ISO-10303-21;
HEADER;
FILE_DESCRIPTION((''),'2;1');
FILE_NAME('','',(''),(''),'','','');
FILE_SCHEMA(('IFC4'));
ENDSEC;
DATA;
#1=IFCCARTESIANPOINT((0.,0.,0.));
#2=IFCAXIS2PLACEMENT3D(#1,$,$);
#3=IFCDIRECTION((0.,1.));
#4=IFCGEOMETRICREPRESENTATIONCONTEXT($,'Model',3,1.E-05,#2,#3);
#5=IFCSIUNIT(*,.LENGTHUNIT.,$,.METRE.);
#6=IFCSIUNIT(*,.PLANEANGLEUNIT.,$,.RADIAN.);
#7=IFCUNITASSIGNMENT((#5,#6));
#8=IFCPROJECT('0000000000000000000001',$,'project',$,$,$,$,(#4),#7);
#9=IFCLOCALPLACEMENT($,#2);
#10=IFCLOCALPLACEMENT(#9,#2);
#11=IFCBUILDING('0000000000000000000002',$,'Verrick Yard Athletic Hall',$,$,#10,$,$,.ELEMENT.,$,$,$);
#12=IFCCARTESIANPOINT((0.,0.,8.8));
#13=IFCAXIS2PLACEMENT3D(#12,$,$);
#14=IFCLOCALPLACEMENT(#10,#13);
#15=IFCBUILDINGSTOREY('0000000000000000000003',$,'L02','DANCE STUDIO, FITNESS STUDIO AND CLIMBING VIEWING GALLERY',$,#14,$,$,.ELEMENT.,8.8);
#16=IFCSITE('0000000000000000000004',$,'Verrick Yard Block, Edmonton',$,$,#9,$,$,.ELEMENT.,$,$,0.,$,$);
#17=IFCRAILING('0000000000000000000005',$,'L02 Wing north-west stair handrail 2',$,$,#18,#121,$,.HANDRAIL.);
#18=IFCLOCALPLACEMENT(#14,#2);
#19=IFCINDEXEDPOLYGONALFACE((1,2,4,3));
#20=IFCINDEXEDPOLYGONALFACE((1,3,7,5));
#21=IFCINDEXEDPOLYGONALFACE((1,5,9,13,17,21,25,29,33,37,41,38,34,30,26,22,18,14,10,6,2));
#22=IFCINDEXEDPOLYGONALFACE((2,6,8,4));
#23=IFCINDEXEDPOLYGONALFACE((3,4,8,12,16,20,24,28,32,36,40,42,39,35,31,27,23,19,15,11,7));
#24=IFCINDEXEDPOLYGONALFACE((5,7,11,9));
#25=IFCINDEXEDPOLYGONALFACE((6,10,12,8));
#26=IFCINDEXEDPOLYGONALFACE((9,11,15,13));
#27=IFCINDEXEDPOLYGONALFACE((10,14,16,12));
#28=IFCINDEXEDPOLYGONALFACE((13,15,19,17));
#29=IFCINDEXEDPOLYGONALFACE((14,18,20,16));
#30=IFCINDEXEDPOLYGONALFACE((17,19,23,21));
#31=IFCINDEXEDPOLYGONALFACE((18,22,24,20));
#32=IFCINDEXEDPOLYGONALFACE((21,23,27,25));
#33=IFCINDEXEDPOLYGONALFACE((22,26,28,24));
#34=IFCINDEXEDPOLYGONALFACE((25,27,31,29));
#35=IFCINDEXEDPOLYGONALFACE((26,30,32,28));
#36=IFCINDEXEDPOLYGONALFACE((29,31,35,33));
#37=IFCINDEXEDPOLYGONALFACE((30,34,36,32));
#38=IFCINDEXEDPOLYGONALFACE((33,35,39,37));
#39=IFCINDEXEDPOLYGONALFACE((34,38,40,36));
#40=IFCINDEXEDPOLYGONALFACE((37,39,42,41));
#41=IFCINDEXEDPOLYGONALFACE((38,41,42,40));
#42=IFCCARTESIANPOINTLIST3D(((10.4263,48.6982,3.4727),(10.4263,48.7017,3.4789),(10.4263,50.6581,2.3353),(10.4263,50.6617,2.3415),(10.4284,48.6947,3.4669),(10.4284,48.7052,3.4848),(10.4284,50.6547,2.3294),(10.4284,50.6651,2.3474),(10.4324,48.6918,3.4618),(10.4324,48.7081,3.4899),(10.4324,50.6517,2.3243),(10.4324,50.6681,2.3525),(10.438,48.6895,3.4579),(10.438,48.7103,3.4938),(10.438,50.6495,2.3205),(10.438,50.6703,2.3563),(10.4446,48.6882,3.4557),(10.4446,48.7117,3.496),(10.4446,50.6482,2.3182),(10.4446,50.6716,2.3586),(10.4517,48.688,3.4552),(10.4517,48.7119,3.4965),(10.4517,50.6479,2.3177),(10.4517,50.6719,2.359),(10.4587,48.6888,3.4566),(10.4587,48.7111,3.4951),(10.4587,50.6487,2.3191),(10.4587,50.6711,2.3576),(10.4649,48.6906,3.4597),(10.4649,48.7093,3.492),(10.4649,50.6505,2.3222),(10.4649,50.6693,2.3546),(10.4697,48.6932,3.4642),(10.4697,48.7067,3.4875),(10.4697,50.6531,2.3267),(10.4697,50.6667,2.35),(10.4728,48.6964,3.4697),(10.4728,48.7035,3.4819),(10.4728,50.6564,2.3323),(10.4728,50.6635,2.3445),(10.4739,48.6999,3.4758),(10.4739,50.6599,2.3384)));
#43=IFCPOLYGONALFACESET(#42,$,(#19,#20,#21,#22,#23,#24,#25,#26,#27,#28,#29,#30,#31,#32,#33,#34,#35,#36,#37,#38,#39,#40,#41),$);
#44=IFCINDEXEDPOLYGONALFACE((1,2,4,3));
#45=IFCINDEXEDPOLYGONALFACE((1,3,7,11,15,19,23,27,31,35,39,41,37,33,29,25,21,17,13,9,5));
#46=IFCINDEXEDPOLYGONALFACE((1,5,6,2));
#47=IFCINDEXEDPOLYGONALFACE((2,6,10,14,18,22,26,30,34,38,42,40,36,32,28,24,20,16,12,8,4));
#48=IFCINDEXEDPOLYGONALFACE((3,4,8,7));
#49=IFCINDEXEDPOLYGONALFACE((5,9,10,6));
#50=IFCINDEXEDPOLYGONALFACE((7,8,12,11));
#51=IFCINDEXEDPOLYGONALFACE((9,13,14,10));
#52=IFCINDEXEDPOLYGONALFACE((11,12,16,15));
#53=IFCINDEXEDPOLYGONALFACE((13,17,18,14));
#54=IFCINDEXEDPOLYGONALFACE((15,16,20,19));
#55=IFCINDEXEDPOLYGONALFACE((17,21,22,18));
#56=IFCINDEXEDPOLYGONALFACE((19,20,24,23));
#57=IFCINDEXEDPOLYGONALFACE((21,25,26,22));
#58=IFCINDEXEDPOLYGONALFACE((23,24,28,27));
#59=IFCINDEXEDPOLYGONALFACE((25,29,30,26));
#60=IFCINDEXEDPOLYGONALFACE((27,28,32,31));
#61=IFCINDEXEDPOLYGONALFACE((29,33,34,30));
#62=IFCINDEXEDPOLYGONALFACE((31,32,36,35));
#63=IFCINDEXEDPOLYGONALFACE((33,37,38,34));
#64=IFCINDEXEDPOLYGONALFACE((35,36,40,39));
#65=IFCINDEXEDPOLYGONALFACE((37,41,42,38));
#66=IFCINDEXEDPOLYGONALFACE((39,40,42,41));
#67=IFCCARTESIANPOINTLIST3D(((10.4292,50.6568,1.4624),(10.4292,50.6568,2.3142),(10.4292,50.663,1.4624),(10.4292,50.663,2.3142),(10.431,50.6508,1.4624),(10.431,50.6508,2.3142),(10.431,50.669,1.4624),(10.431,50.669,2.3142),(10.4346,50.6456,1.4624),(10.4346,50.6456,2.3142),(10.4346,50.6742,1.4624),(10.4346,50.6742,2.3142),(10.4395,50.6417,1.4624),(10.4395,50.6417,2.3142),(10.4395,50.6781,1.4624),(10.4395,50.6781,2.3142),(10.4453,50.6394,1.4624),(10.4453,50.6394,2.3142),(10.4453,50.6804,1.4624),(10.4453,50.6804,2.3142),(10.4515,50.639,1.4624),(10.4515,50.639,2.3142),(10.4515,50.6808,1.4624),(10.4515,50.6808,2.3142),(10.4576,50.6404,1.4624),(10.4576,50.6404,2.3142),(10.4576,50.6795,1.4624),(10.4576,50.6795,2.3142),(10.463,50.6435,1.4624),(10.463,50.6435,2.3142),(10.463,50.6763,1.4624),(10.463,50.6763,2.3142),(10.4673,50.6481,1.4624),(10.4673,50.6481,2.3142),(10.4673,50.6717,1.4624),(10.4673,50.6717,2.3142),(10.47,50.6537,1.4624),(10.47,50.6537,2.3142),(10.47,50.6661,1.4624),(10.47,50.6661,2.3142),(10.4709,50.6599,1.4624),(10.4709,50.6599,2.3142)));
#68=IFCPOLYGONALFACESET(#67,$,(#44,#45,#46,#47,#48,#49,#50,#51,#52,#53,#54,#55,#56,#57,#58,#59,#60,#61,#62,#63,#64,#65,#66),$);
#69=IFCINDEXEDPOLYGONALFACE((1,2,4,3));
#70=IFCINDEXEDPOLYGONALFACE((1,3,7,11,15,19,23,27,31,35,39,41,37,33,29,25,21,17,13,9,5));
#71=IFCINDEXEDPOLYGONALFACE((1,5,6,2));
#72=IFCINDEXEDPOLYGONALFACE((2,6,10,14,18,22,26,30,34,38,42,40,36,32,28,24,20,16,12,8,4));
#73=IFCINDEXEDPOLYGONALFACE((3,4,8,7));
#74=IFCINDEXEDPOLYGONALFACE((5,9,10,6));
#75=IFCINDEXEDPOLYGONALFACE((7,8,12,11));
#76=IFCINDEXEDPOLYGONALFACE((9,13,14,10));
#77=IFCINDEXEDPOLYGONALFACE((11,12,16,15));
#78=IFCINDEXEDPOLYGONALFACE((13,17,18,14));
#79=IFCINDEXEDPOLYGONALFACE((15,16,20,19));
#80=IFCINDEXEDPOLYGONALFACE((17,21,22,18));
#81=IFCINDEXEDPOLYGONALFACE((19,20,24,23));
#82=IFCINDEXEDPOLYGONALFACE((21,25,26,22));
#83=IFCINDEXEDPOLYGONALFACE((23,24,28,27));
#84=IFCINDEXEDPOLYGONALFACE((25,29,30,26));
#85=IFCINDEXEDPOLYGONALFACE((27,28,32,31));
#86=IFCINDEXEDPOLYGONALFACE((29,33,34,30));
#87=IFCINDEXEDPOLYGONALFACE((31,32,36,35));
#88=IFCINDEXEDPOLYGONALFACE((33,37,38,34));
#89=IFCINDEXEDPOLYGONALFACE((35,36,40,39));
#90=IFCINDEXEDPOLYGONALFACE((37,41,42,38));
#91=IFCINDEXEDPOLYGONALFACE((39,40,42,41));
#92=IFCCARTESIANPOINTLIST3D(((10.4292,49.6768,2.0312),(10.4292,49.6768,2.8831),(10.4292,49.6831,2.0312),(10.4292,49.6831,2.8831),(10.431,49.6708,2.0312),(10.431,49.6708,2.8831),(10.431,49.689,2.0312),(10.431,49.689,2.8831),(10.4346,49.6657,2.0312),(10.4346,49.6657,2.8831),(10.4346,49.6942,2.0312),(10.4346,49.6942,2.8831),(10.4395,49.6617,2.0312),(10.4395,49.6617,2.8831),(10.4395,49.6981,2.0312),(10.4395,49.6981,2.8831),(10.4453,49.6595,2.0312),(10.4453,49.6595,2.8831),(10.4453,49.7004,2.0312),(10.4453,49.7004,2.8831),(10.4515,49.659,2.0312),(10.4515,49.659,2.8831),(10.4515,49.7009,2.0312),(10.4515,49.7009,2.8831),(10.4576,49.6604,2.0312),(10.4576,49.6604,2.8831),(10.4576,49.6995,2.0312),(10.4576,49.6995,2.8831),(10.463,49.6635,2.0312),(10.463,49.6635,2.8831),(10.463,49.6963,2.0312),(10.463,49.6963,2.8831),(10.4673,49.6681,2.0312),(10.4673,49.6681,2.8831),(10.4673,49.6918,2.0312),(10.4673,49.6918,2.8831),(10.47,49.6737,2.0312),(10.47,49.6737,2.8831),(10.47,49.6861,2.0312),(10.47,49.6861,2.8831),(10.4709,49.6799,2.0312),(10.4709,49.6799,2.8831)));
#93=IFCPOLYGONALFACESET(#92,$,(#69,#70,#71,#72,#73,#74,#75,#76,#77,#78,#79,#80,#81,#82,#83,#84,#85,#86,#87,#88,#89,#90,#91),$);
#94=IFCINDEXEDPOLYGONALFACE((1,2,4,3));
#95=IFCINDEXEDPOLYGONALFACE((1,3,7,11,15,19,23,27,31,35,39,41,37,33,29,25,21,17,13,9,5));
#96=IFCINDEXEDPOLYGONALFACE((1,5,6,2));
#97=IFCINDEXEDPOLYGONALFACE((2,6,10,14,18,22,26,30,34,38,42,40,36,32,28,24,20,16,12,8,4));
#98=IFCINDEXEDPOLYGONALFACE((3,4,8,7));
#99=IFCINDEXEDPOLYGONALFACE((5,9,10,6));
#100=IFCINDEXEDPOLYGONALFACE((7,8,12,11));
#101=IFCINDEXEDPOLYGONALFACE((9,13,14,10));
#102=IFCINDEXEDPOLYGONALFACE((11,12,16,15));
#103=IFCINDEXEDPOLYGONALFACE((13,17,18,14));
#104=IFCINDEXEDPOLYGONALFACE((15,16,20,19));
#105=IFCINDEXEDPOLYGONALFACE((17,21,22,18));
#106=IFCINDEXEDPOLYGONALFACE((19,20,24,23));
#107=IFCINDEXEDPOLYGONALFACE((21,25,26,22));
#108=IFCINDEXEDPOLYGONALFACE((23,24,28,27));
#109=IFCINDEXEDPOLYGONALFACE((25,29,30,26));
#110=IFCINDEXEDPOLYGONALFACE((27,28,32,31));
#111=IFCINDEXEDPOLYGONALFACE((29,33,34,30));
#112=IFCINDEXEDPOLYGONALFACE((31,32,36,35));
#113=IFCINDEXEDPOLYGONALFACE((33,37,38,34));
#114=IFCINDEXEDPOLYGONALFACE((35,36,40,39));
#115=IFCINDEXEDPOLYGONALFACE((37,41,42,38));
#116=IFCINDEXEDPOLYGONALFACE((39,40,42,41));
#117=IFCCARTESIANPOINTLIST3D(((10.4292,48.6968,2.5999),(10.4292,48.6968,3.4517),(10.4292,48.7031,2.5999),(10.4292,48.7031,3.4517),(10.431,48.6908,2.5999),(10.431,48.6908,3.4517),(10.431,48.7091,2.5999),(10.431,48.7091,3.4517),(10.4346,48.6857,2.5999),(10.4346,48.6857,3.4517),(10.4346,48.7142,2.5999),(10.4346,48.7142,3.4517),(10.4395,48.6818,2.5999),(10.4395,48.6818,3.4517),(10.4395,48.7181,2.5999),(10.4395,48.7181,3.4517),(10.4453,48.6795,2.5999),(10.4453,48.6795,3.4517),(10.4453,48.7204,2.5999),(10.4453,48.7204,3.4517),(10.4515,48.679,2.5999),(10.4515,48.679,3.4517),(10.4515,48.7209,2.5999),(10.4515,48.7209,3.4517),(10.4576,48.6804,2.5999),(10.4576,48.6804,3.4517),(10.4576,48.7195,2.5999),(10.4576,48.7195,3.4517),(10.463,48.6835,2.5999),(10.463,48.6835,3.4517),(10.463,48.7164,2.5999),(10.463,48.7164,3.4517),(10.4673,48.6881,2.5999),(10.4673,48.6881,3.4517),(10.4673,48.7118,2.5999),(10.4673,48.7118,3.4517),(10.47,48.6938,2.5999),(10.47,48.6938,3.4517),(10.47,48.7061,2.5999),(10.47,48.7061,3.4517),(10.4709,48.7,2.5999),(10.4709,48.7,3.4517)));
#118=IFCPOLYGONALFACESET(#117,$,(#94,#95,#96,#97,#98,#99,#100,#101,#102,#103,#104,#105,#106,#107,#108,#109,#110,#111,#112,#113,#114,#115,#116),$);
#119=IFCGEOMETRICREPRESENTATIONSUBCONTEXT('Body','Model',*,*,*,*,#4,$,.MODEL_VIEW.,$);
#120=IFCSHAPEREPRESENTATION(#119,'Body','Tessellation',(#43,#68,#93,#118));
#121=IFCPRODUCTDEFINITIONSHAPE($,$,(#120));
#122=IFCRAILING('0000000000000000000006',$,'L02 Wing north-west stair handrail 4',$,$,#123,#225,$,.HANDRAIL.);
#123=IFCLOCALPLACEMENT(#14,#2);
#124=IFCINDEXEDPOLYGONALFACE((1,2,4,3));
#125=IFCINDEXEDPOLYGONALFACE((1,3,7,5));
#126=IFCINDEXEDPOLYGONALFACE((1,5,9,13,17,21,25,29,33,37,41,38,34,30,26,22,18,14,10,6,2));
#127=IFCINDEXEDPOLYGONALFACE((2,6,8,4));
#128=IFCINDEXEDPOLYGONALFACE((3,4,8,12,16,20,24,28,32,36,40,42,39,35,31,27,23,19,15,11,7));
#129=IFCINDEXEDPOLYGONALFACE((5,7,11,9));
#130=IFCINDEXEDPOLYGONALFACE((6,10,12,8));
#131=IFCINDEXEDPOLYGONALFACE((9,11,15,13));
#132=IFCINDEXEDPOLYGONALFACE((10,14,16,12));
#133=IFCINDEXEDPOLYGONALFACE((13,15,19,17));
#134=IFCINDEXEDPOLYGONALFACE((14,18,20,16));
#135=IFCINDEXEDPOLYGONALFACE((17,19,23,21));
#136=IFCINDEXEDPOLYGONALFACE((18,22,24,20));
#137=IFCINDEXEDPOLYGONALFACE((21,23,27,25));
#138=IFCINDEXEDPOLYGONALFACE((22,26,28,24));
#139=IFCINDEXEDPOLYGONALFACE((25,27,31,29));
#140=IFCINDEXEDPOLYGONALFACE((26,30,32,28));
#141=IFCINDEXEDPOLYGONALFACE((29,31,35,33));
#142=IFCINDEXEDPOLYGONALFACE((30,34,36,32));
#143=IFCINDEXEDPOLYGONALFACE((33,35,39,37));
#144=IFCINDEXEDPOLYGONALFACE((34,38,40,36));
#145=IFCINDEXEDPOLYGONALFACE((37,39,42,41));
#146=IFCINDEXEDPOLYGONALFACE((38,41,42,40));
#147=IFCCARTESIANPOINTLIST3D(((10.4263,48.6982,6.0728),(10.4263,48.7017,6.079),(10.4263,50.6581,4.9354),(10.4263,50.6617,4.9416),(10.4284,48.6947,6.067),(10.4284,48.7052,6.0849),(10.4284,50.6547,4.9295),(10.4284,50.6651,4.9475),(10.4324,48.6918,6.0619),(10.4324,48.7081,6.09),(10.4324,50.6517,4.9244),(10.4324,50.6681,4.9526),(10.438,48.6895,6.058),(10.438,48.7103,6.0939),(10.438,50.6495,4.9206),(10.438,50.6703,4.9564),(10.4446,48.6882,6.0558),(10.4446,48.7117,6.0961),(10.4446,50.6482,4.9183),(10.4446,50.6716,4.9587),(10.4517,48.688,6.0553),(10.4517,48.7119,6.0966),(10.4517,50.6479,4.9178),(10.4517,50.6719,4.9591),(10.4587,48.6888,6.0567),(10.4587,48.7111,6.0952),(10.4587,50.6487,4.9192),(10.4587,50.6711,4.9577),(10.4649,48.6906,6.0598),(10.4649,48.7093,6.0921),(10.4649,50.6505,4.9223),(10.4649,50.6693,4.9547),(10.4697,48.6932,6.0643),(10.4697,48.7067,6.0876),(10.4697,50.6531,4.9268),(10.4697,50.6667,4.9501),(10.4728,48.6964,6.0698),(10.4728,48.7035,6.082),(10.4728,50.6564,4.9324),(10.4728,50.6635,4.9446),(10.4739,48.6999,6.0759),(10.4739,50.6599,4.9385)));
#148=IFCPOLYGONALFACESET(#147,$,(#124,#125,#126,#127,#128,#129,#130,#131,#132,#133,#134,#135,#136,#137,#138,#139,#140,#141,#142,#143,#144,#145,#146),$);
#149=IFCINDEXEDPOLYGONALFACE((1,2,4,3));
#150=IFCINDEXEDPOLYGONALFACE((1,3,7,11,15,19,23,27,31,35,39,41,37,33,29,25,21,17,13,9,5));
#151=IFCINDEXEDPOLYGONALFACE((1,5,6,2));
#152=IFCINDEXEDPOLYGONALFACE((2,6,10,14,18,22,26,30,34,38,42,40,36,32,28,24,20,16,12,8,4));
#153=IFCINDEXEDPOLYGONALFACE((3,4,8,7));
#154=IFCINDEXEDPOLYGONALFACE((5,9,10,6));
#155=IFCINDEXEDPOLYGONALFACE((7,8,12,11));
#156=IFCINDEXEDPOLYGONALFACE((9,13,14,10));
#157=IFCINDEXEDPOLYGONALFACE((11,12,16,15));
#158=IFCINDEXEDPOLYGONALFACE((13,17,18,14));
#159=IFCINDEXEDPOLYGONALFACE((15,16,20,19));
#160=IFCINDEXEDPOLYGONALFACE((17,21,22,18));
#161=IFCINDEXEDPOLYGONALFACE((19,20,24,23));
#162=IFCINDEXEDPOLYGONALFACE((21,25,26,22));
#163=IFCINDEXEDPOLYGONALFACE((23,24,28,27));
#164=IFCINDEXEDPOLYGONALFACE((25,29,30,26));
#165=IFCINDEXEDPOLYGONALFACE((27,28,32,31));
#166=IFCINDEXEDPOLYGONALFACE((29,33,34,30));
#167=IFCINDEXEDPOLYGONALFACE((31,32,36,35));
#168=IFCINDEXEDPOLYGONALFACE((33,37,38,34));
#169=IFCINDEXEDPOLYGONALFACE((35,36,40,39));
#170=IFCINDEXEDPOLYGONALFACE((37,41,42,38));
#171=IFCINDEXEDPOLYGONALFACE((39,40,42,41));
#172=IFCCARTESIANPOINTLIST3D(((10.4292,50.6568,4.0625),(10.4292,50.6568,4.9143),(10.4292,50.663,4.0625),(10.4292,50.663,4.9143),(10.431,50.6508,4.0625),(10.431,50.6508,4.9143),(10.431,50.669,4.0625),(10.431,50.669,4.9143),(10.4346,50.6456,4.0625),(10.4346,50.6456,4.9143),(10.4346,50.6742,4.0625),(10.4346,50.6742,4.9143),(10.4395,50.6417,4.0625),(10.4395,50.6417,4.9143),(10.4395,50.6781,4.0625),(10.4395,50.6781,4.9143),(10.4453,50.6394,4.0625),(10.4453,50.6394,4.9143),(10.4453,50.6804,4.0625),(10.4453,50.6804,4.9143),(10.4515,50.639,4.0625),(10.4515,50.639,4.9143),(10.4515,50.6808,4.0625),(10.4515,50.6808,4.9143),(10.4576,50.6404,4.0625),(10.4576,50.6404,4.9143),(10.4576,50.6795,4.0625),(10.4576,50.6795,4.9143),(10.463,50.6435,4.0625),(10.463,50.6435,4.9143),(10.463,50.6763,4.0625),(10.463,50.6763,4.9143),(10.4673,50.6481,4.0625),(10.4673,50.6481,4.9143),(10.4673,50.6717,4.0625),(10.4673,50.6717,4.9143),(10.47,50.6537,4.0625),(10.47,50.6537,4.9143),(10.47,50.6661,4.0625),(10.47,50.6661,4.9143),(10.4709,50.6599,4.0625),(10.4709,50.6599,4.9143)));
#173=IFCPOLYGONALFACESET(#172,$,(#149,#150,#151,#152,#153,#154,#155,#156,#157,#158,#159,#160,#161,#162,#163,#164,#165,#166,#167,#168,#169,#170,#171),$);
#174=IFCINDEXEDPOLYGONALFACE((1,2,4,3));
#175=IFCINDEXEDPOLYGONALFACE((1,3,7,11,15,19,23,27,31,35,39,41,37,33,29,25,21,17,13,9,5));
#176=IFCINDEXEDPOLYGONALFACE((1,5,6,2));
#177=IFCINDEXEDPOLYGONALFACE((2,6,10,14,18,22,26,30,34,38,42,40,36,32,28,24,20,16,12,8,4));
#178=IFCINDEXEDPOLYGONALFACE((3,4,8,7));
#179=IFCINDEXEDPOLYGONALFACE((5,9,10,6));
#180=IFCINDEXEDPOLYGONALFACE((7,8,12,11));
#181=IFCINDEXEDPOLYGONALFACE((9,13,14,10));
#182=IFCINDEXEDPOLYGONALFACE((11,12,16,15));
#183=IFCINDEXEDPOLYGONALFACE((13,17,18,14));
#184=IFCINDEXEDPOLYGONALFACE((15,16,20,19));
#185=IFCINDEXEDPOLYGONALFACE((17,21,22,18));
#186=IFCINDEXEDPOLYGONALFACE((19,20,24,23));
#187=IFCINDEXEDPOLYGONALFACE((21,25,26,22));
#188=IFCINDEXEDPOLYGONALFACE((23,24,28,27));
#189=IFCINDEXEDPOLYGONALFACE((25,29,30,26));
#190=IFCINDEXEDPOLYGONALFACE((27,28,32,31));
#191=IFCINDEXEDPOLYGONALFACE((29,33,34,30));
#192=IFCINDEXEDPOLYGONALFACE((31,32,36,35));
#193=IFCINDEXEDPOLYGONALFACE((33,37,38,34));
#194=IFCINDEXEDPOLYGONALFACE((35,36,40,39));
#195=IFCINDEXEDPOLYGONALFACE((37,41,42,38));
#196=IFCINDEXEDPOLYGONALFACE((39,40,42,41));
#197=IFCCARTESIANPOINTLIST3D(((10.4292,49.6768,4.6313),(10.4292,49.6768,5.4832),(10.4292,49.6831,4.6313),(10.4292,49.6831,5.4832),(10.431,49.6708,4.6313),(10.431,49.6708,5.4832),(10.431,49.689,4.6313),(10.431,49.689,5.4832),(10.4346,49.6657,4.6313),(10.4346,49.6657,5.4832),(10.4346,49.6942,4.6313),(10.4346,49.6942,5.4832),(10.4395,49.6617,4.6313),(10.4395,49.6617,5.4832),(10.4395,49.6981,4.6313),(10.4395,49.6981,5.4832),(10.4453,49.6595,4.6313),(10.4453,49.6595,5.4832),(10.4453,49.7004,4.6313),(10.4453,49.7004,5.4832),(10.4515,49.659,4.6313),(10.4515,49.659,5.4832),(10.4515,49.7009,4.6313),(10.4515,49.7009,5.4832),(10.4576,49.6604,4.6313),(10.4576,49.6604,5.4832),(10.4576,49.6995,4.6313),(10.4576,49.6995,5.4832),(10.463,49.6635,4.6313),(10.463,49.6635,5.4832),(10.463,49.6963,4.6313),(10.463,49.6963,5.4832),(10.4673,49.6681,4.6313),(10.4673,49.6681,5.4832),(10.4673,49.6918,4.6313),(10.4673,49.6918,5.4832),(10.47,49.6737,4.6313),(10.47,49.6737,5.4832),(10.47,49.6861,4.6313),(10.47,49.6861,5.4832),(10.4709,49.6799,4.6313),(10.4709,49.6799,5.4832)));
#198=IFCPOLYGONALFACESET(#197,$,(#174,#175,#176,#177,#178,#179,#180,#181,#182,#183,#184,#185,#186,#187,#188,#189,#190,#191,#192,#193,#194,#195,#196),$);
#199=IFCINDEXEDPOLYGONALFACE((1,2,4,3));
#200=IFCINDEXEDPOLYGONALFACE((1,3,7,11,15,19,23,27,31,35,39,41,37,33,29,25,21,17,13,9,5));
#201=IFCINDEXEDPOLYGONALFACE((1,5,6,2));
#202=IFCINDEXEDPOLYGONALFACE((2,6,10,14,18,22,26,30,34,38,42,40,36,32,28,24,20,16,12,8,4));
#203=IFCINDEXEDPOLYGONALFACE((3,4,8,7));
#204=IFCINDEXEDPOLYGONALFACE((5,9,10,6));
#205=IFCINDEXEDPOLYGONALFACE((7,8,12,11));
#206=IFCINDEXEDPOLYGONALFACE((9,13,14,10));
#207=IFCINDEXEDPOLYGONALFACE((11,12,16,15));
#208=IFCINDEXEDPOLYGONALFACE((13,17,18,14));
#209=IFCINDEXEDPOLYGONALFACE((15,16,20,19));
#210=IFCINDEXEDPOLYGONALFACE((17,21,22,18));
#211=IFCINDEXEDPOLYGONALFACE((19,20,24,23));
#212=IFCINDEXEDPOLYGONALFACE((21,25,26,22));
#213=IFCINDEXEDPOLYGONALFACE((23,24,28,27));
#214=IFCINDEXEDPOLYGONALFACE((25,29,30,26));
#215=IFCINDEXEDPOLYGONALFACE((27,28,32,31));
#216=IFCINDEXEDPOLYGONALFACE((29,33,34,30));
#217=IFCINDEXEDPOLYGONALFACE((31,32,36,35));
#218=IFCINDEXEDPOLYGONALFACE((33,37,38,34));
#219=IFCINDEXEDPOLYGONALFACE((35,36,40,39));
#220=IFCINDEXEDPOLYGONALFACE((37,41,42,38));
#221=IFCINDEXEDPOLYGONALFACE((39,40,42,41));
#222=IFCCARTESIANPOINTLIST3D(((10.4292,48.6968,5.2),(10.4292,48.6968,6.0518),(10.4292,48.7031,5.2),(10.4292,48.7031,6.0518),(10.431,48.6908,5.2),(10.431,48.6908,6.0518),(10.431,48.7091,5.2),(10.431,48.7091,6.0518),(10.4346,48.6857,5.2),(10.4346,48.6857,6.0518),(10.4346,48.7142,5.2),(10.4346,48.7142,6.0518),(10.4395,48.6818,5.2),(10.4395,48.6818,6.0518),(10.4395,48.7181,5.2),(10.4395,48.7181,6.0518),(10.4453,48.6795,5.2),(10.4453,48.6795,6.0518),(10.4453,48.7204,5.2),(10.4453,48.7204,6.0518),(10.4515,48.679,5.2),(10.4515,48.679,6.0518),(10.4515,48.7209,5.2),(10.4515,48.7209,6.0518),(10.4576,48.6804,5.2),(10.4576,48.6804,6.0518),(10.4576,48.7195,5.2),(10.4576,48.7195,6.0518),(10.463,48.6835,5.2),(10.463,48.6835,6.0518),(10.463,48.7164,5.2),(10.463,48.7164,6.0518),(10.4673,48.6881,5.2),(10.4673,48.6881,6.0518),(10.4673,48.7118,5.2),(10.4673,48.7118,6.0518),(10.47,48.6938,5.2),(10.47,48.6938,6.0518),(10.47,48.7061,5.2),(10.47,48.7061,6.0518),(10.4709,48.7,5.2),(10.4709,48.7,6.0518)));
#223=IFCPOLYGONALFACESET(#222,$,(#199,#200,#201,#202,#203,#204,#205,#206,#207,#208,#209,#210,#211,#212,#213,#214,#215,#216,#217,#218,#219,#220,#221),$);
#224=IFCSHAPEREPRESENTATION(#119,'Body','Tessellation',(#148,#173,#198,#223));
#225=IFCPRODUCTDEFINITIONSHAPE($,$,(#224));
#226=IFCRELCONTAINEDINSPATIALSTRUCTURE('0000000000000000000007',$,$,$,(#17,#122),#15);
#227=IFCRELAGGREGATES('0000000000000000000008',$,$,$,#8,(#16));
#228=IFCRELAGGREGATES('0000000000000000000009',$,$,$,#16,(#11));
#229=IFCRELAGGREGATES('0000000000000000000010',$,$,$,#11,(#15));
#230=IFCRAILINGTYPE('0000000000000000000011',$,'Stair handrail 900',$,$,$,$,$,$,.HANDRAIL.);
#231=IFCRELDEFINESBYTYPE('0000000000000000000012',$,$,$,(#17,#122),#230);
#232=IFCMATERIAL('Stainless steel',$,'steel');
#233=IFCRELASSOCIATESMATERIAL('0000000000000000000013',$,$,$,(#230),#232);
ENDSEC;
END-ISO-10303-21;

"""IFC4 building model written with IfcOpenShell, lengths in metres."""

from ifc_helpers import new_model, si_unit, direction, frame, origin, origin_2d, place, context, subcontext, project, spatial, circle, extrude, material, type_object, element, save


model = new_model("IFC4")

# Units and contexts
model_context = context("Model", 3, precision=1e-05, world=origin(), true_north=direction((0.0, 1.0)))
body_context = subcontext(model_context, "Body", "Model", "MODEL_VIEW")
ifc_project = project(units=[si_unit("LENGTHUNIT", "METRE"), si_unit("PLANEANGLEUNIT", "RADIAN")], contexts=[model_context])

# Site, building, storey
site_placement = place(None, origin())
site = spatial("IfcSite", under=ifc_project, at=site_placement, Name="Verrick Yard Block, Edmonton", CompositionType="ELEMENT", RefElevation=0.0)
building_placement = place(site_placement, origin())
building = spatial("IfcBuilding", under=site, at=building_placement, Name="Verrick Yard Athletic Hall", CompositionType="ELEMENT")
storey_placement = place(building_placement, frame((0.0, 0.0, 8.8)))
storey = spatial("IfcBuildingStorey", under=building, at=storey_placement, Name="L02", Description="DANCE STUDIO, FITNESS STUDIO AND CLIMBING VIEWING GALLERY", CompositionType="ELEMENT", Elevation=8.8)

# Railings
ifc_material_1 = material(Name="Stainless steel", Category="steel")
railing_type_1 = type_object("IfcRailingType", Name="Stair handrail 900", PredefinedType="HANDRAIL", material=ifc_material_1)
for number, where, name in (
    (1, (10.45, 50.6599, 1.4624), "L02 Wing north-west stair handrail 2"),
    (2, (10.45, 50.6599, 4.0625), "L02 Wing north-west stair handrail 4"),
):
    element("IfcRailing", number, at=place(storey_placement, frame(where)), inside=storey, type_object=railing_type_1, Name=name, PredefinedType="HANDRAIL", context=body_context, shape_type="SweptSolid", body=[
        extrude(circle(Radius=0.0239, at=origin_2d()), frame((0.0, 0.0, 0.876), z_axis=(0.0, -0.864902, 0.501941), x_axis=(1.0, 0.0, 0.0)), (0.0, 0.0, 1.0), 2.2661),
        extrude(circle(Radius=0.021, at=origin_2d()), origin(), (0.0, 0.0, 1.0), 0.8518),
        extrude(circle(Radius=0.021, at=origin_2d()), frame((0.0, -0.98, 0.5688)), (0.0, 0.0, 1.0), 0.8518),
        extrude(circle(Radius=0.021, at=origin_2d()), frame((0.0, -1.96, 1.1375)), (0.0, 0.0, 1.0), 0.8518),
    ])

save(model, "model.ifc")
